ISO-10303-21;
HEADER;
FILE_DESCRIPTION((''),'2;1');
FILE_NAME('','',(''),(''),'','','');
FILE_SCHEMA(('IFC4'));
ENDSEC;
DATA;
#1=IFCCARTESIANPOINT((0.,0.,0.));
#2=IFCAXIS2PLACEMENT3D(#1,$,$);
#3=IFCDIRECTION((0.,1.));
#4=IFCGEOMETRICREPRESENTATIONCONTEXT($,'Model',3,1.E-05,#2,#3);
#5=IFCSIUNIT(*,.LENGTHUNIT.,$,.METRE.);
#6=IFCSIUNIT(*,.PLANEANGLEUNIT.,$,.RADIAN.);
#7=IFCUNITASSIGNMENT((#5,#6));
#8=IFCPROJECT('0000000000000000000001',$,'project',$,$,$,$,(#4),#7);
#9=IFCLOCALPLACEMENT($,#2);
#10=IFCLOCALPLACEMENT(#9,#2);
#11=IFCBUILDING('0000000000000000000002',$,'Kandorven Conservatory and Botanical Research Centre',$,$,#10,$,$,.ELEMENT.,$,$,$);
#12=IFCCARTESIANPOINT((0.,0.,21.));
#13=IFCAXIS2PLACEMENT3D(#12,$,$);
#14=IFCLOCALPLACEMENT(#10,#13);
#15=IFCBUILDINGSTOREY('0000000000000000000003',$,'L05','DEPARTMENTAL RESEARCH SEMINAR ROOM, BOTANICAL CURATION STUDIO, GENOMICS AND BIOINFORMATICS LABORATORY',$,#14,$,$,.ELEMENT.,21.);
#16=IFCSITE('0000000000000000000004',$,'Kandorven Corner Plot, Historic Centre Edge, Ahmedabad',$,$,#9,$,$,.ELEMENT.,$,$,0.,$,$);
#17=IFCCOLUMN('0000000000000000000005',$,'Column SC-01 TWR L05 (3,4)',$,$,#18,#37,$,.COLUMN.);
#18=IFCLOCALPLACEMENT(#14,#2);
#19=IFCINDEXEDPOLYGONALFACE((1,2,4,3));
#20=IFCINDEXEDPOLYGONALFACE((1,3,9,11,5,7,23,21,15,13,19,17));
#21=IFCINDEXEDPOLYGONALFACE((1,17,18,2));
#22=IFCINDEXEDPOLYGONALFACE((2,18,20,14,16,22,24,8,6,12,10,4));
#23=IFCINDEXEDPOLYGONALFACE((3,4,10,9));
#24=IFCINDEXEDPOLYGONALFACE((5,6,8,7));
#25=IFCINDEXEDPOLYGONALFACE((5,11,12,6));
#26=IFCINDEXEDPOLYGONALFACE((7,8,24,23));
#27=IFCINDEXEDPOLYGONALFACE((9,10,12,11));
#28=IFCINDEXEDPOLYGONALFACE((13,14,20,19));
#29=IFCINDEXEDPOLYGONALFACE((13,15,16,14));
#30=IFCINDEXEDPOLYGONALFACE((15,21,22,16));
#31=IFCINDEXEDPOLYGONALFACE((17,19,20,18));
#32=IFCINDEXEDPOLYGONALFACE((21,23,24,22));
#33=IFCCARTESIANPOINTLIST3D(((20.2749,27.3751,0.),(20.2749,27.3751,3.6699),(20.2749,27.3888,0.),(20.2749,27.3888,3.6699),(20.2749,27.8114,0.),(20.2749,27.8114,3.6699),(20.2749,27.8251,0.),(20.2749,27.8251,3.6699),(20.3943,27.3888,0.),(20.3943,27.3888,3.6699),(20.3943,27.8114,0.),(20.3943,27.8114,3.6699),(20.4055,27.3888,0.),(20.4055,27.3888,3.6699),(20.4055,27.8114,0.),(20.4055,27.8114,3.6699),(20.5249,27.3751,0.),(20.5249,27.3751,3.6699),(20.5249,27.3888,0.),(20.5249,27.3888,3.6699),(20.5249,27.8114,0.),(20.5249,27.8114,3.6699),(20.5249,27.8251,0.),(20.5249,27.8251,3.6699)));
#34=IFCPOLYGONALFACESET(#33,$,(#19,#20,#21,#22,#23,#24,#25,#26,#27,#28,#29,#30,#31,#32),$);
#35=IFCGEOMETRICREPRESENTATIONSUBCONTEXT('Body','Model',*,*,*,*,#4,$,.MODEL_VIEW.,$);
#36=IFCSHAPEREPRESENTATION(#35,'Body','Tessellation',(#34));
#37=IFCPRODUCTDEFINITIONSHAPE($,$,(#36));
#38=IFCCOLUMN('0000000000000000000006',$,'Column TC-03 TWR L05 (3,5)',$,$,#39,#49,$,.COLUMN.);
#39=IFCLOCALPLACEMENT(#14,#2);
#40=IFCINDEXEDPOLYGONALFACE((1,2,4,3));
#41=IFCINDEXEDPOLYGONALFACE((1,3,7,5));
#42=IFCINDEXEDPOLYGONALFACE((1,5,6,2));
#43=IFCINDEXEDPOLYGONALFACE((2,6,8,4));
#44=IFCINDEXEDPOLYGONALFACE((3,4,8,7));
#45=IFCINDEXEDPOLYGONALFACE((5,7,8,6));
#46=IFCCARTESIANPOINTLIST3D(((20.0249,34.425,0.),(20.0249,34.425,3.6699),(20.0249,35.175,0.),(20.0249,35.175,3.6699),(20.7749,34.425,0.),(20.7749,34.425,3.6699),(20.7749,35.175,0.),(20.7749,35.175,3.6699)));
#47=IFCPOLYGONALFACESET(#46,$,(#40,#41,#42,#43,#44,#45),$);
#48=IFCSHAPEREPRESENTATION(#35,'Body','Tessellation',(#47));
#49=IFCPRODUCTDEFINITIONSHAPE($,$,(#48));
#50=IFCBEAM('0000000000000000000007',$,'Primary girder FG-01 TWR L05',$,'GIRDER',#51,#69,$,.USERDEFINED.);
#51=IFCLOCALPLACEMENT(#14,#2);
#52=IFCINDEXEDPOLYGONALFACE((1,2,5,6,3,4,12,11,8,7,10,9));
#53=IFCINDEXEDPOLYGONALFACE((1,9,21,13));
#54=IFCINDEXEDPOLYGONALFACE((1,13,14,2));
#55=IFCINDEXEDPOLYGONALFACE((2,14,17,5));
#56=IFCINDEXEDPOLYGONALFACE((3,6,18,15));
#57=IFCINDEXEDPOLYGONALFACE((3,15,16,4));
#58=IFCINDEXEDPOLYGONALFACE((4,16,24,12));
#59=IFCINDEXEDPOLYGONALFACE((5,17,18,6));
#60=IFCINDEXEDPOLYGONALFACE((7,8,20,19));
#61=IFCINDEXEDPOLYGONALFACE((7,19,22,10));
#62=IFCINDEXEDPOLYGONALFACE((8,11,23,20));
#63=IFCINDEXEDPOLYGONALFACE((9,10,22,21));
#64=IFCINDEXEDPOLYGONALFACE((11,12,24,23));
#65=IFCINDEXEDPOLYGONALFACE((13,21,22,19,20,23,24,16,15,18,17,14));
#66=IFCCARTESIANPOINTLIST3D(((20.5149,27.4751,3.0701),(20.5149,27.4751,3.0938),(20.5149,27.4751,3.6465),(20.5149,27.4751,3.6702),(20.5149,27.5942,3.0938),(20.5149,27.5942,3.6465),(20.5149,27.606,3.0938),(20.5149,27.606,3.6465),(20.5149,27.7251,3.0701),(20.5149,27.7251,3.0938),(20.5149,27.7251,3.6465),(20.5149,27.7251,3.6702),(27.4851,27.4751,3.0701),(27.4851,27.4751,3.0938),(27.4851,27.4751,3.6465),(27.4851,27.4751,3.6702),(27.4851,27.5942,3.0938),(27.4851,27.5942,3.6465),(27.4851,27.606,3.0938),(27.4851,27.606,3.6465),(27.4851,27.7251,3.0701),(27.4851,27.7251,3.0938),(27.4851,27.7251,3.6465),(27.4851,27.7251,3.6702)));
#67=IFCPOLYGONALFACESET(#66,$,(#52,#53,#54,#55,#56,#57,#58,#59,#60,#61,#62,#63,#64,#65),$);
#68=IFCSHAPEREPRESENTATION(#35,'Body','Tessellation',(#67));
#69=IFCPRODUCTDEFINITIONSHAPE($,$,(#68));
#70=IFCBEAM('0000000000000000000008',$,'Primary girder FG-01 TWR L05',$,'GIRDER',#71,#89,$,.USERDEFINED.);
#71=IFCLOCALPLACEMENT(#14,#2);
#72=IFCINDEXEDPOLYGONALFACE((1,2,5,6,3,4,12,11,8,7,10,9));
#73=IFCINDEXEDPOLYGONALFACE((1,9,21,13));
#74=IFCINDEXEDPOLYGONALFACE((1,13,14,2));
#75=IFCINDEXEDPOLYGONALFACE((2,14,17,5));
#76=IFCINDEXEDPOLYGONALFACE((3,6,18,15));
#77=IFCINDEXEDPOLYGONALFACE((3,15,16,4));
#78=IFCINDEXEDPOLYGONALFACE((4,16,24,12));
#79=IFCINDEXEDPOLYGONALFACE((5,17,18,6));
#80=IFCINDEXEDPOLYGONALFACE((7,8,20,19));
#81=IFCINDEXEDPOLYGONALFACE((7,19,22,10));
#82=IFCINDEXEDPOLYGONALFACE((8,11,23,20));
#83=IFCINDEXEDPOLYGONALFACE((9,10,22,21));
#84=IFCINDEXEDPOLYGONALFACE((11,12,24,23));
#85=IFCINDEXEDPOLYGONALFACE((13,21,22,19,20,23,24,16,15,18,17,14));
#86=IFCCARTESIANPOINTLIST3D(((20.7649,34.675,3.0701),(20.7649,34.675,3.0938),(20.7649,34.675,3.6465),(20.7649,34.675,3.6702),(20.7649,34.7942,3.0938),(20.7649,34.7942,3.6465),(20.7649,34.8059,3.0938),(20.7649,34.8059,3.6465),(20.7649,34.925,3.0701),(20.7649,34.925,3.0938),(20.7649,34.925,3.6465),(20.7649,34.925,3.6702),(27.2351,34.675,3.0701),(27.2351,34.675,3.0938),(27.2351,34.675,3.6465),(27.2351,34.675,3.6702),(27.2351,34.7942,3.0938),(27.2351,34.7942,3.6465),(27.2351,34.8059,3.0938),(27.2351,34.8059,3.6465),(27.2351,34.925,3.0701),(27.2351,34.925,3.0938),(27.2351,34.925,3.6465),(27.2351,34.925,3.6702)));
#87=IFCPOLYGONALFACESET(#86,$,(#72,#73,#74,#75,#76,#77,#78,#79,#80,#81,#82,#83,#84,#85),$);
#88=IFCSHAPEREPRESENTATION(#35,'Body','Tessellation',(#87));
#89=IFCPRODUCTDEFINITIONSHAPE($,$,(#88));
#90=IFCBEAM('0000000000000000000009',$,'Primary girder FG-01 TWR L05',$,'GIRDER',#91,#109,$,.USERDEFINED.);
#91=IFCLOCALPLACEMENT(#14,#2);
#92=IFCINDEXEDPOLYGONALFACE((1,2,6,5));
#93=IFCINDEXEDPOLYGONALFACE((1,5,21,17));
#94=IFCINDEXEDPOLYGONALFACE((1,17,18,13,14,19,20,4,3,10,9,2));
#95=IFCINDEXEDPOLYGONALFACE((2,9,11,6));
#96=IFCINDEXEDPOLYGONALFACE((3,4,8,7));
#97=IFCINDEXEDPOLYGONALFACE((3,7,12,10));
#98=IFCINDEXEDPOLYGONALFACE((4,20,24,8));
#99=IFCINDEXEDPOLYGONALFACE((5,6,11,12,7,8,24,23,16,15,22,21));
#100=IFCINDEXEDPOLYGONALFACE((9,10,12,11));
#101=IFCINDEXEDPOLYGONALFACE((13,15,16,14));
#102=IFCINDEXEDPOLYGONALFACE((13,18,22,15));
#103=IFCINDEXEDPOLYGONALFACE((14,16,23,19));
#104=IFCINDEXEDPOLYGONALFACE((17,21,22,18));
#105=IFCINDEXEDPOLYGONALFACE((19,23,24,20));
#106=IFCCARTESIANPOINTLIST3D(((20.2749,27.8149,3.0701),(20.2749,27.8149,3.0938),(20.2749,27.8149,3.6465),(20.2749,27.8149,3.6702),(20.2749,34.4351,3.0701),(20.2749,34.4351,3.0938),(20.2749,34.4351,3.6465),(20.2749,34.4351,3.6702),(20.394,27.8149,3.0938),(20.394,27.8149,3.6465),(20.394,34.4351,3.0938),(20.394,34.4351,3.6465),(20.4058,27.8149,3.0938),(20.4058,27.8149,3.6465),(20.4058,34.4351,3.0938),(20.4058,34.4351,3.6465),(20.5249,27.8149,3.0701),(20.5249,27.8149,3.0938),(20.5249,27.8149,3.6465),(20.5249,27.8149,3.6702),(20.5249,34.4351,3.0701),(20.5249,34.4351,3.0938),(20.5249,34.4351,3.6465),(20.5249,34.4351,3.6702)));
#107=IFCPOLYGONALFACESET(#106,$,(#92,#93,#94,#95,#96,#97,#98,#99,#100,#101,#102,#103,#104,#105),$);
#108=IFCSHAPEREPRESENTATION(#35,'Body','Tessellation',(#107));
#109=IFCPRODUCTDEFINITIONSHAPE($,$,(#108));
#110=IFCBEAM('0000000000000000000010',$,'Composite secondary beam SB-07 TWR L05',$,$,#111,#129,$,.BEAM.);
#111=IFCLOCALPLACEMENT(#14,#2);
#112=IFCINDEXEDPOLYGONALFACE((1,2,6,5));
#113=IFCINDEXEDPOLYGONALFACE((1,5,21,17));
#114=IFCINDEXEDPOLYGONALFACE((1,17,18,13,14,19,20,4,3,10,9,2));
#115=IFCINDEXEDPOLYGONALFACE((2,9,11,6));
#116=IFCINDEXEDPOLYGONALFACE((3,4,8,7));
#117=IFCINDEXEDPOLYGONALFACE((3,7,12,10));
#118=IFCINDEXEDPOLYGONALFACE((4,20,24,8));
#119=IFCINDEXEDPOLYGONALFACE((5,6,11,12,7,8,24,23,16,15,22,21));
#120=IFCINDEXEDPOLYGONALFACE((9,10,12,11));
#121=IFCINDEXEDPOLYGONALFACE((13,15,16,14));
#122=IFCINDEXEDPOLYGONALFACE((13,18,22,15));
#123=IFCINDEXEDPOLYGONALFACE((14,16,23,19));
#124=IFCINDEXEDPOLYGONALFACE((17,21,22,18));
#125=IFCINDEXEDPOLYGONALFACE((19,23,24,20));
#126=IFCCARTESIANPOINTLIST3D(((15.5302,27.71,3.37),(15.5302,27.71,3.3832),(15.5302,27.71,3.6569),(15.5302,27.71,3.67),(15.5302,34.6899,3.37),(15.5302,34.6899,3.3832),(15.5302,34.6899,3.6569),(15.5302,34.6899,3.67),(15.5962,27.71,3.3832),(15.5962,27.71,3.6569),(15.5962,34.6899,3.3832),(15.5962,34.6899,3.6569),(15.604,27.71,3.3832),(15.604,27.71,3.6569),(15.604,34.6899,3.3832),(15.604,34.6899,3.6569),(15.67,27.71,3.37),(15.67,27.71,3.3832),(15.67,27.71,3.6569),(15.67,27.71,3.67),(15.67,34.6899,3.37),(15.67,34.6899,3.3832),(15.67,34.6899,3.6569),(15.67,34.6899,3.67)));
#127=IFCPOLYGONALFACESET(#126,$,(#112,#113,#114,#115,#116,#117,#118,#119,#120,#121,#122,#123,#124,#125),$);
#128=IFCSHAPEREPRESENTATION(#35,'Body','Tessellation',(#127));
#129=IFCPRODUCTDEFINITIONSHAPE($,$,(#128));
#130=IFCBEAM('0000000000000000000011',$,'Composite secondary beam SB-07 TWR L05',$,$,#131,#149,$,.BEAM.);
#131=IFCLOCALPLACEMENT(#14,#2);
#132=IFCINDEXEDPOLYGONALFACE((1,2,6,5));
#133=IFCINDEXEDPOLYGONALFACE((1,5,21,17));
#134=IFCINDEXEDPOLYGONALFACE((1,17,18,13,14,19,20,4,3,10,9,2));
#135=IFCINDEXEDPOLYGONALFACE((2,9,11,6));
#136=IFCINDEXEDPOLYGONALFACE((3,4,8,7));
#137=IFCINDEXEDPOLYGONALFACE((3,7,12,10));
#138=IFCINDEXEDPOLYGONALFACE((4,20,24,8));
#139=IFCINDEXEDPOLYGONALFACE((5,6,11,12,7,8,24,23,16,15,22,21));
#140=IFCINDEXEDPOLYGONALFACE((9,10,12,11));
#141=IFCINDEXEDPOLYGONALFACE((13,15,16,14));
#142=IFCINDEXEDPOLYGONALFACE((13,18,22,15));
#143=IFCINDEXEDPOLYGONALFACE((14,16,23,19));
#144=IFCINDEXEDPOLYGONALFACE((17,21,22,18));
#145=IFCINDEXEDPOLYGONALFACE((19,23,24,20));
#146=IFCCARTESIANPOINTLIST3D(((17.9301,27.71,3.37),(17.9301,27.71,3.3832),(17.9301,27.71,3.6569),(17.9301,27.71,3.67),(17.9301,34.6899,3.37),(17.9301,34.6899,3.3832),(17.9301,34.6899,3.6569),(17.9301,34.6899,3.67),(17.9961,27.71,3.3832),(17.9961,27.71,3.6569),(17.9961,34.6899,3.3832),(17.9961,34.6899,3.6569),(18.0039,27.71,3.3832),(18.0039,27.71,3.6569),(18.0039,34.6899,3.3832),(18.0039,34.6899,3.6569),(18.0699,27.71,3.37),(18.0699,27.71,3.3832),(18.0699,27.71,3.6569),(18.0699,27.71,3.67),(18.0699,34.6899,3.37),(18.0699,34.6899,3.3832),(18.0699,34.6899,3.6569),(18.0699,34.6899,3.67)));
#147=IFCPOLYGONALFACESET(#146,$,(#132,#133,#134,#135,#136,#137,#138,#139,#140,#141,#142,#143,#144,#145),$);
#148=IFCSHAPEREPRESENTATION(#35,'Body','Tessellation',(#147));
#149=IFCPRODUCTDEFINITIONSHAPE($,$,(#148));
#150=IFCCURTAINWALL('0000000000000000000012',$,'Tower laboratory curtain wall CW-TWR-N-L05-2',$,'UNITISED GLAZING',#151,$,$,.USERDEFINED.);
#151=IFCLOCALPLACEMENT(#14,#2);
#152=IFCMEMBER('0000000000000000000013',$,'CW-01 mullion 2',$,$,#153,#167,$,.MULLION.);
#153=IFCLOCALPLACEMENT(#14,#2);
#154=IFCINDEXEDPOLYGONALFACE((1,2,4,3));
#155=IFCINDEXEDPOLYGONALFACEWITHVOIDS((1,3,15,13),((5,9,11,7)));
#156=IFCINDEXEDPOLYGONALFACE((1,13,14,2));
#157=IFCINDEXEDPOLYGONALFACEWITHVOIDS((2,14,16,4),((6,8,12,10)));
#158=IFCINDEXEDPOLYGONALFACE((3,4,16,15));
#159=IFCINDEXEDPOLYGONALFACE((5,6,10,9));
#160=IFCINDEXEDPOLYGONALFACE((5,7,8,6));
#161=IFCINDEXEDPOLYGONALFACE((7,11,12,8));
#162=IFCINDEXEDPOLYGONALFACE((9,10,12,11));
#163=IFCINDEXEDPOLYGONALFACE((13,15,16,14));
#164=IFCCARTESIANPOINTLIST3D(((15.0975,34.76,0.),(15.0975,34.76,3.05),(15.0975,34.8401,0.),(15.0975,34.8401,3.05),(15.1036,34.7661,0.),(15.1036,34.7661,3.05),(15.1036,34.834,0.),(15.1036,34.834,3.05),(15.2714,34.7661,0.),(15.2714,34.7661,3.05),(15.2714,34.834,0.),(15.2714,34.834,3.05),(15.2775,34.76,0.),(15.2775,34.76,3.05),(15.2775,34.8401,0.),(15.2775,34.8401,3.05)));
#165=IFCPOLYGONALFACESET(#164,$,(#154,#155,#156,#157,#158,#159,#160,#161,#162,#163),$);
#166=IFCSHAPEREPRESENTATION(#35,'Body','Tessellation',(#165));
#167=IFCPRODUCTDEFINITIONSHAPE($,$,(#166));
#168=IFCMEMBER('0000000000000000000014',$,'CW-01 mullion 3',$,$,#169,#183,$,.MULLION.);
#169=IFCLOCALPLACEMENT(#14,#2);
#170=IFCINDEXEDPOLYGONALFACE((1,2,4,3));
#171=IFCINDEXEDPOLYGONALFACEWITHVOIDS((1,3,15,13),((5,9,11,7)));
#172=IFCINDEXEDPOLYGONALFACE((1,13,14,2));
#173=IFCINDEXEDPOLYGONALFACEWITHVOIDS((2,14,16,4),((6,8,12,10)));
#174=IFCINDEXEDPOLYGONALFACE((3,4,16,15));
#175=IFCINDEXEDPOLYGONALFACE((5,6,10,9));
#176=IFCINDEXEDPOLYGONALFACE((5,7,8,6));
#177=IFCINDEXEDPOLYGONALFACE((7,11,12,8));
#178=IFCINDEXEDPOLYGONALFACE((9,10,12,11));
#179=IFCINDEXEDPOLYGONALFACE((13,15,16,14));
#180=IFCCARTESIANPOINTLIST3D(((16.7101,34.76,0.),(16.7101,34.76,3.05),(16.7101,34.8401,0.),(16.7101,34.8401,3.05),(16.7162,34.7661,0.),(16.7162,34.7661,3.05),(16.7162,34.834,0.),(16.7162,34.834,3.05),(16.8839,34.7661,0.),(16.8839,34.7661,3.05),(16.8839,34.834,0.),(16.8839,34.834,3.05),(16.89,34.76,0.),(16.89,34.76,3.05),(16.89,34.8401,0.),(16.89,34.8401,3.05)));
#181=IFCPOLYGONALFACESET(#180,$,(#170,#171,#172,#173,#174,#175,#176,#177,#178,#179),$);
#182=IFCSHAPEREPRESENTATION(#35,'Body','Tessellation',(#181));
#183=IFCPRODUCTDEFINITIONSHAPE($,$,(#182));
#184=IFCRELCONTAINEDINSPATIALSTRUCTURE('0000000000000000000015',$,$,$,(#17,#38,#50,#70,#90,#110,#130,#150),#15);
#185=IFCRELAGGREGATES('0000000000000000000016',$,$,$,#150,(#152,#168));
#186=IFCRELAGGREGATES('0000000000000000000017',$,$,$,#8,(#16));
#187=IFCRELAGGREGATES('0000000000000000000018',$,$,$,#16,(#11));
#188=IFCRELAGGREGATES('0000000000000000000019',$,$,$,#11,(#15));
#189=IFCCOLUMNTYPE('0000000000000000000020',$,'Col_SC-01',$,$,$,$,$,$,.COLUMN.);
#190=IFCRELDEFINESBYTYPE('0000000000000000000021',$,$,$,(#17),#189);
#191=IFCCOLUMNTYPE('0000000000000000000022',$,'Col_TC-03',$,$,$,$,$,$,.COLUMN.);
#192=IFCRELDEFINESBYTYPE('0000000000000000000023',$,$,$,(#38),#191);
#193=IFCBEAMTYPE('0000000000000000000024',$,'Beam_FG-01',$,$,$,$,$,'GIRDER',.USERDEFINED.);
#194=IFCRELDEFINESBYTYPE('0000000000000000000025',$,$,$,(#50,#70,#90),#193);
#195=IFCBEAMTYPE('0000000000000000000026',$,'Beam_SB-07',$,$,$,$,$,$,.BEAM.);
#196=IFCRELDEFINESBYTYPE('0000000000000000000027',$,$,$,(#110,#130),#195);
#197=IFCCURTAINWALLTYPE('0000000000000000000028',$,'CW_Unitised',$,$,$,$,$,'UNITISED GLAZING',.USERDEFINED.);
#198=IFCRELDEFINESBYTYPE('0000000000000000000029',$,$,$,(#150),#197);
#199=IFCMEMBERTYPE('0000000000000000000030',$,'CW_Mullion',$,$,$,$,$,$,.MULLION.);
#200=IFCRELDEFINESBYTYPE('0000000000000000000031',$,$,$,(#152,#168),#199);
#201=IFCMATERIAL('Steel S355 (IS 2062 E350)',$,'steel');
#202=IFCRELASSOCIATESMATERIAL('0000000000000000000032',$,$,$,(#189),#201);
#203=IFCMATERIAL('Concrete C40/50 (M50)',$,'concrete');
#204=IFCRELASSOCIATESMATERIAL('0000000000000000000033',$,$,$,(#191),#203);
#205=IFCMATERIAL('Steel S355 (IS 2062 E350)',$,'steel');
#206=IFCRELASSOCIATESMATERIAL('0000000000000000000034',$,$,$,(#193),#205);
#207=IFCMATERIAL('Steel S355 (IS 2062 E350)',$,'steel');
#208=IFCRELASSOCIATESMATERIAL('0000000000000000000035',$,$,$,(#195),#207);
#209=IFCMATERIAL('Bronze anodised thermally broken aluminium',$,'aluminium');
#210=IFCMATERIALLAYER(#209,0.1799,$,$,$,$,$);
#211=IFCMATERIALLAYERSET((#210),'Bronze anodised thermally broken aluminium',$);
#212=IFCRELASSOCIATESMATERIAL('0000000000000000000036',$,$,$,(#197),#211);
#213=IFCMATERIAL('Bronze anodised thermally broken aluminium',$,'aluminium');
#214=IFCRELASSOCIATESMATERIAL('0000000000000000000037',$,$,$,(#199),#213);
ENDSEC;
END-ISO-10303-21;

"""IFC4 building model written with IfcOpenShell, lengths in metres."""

from ifc_helpers import new_model, si_unit, direction, frame, origin, origin_2d, place, context, subcontext, project, spatial, rectangle, hollow_rectangle, i_section, extrude, material, layer, layer_set, material_profile, profile_set, type_object, element, aggregate, save


model = new_model("IFC4")

# Units and contexts
model_context = context("Model", 3, precision=1e-05, world=origin(), true_north=direction((0.0, 1.0)))
body_context = subcontext(model_context, "Body", "Model", "MODEL_VIEW")
ifc_project = project(units=[si_unit("LENGTHUNIT", "METRE"), si_unit("PLANEANGLEUNIT", "RADIAN")], contexts=[model_context])

# Site, building, storey
site_placement = place(None, origin())
site = spatial("IfcSite", under=ifc_project, at=site_placement, Name="Kandorven Corner Plot, Historic Centre Edge, Ahmedabad", CompositionType="ELEMENT", RefElevation=0.0)
building_placement = place(site_placement, origin())
building = spatial("IfcBuilding", under=site, at=building_placement, Name="Kandorven Conservatory and Botanical Research Centre", CompositionType="ELEMENT")
storey_placement = place(building_placement, frame((0.0, 0.0, 21.0)))
storey = spatial("IfcBuildingStorey", under=building, at=storey_placement, Name="L05", Description="DEPARTMENTAL RESEARCH SEMINAR ROOM, BOTANICAL CURATION STUDIO, GENOMICS AND BIOINFORMATICS LABORATORY", CompositionType="ELEMENT", Elevation=21.0)

# Columns
ifc_material_1 = material(Name="Steel S355 (IS 2062 E350)", Category="steel")
ifc_material_profile_1 = material_profile(ifc_material_1, i_section(OverallWidth=0.25, OverallDepth=0.45, WebThickness=0.0112, FlangeThickness=0.0137, at=origin_2d()))
ifc_profile_set_1 = profile_set([ifc_material_profile_1], Name="Steel S355 (IS 2062 E350)")
column_type_1 = type_object("IfcColumnType", Name="Col_SC-01", PredefinedType="COLUMN", material=ifc_profile_set_1)
column_1_placement = place(storey_placement, frame((20.3999, 27.6001, 0.0), z_axis=(0.0, 0.0, 1.0), x_axis=(1.0, 0.0, 0.0)))
element("IfcColumn", 1, at=column_1_placement, inside=storey, type_object=column_type_1, Name="Column SC-01 TWR L05 (3,4)", PredefinedType="COLUMN", context=body_context, shape_type="SweptSolid", body=[
    extrude(i_section(OverallWidth=0.25, OverallDepth=0.45, WebThickness=0.0112, FlangeThickness=0.0137, at=origin_2d()), origin(), (0.0, 0.0, 1.0), 3.6699),
])
ifc_material_2 = material(Name="Concrete C40/50 (M50)", Category="concrete")
ifc_material_profile_2 = material_profile(ifc_material_2, rectangle(XDim=0.75, YDim=0.75, at=origin_2d()))
ifc_profile_set_2 = profile_set([ifc_material_profile_2], Name="Concrete C40/50 (M50)")
column_type_2 = type_object("IfcColumnType", Name="Col_TC-03", PredefinedType="COLUMN", material=ifc_profile_set_2)
column_2_placement = place(storey_placement, frame((20.3999, 34.8, 0.0), z_axis=(0.0, 0.0, 1.0), x_axis=(1.0, 0.0, 0.0)))
element("IfcColumn", 2, at=column_2_placement, inside=storey, type_object=column_type_2, Name="Column TC-03 TWR L05 (3,5)", PredefinedType="COLUMN", context=body_context, shape_type="SweptSolid", body=[
    extrude(rectangle(XDim=0.75, YDim=0.75, at=origin_2d()), origin(), (0.0, 0.0, 1.0), 3.6699),
])

# Beams
ifc_material_3 = material(Name="Steel S355 (IS 2062 E350)", Category="steel")
ifc_material_profile_3 = material_profile(ifc_material_3, i_section(OverallWidth=0.25, OverallDepth=0.6001, WebThickness=0.0117, FlangeThickness=0.0237, at=origin_2d()))
ifc_profile_set_3 = profile_set([ifc_material_profile_3], Name="Steel S355 (IS 2062 E350)")
beam_type_1 = type_object("IfcBeamType", Name="Beam_FG-01", ElementType="GIRDER", PredefinedType="USERDEFINED", material=ifc_profile_set_3)
beam_1_placement = place(storey_placement, frame((20.5149, 27.6001, 3.3701), z_axis=(1.0, 0.0, 0.0), x_axis=(0.0, 1.0, 0.0)))
element("IfcBeam", 3, at=beam_1_placement, inside=storey, type_object=beam_type_1, Name="Primary girder FG-01 TWR L05", ObjectType="GIRDER", PredefinedType="USERDEFINED", context=body_context, shape_type="SweptSolid", body=[
    extrude(i_section(OverallWidth=0.25, OverallDepth=0.6001, WebThickness=0.0117, FlangeThickness=0.0237, at=origin_2d()), origin(), (0.0, 0.0, 1.0), 6.9702),
])
beam_2_placement = place(storey_placement, frame((20.7649, 34.8, 3.3701), z_axis=(1.0, 0.0, 0.0), x_axis=(0.0, 1.0, 0.0)))
element("IfcBeam", 4, at=beam_2_placement, inside=storey, type_object=beam_type_1, Name="Primary girder FG-01 TWR L05", ObjectType="GIRDER", PredefinedType="USERDEFINED", context=body_context, shape_type="SweptSolid", body=[
    extrude(i_section(OverallWidth=0.25, OverallDepth=0.6001, WebThickness=0.0117, FlangeThickness=0.0237, at=origin_2d()), origin(), (0.0, 0.0, 1.0), 6.4702),
])
beam_3_placement = place(storey_placement, frame((20.3999, 27.8149, 3.3701), z_axis=(0.0, 1.0, 0.0), x_axis=(-1.0, 0.0, 0.0)))
element("IfcBeam", 5, at=beam_3_placement, inside=storey, type_object=beam_type_1, Name="Primary girder FG-01 TWR L05", ObjectType="GIRDER", PredefinedType="USERDEFINED", context=body_context, shape_type="SweptSolid", body=[
    extrude(i_section(OverallWidth=0.25, OverallDepth=0.6001, WebThickness=0.0117, FlangeThickness=0.0237, at=origin_2d()), origin(), (0.0, 0.0, 1.0), 6.6201),
])
ifc_material_4 = material(Name="Steel S355 (IS 2062 E350)", Category="steel")
ifc_material_profile_4 = material_profile(ifc_material_4, i_section(OverallWidth=0.1399, OverallDepth=0.3, WebThickness=0.0078, FlangeThickness=0.0132, at=origin_2d()))
ifc_profile_set_4 = profile_set([ifc_material_profile_4], Name="Steel S355 (IS 2062 E350)")
beam_type_2 = type_object("IfcBeamType", Name="Beam_SB-07", PredefinedType="BEAM", material=ifc_profile_set_4)
for number, where, z_axis, x_axis, name in (
    (6, (15.6001, 27.71, 3.52), (0.0, 1.0, 0.0), (-1.0, 0.0, 0.0), "Composite secondary beam SB-07 TWR L05"),
    (7, (18.0, 27.71, 3.52), (0.0, 1.0, 0.0), (-1.0, 0.0, 0.0), "Composite secondary beam SB-07 TWR L05"),
):
    element("IfcBeam", number, at=place(storey_placement, frame(where, z_axis=z_axis, x_axis=x_axis)), inside=storey, type_object=beam_type_2, Name=name, PredefinedType="BEAM", context=body_context, shape_type="SweptSolid", body=[
        extrude(i_section(OverallWidth=0.1399, OverallDepth=0.3, WebThickness=0.0078, FlangeThickness=0.0132, at=origin_2d()), origin(), (0.0, 0.0, 1.0), 6.98),
    ])

# Curtain wall, members
ifc_material_5 = material(Name="Bronze anodised thermally broken aluminium", Category="aluminium")
ifc_layer_1 = layer(ifc_material_5, 0.1799)
ifc_layer_set_1 = layer_set([ifc_layer_1], Name="Bronze anodised thermally broken aluminium")
curtain_wall_type = type_object("IfcCurtainWallType", Name="CW_Unitised", ElementType="UNITISED GLAZING", PredefinedType="USERDEFINED", material=ifc_layer_set_1)
curtain_wall_1_placement = place(storey_placement, origin())
curtain_wall_1 = element("IfcCurtainWall", 8, at=curtain_wall_1_placement, inside=storey, type_object=curtain_wall_type, Name="Tower laboratory curtain wall CW-TWR-N-L05-2", ObjectType="UNITISED GLAZING", PredefinedType="USERDEFINED")
ifc_material_6 = material(Name="Bronze anodised thermally broken aluminium", Category="aluminium")
ifc_material_profile_5 = material_profile(ifc_material_6, hollow_rectangle(XDim=0.0801, YDim=0.1799, WallThickness=0.0061, at=origin_2d()))
ifc_profile_set_5 = profile_set([ifc_material_profile_5], Name="Bronze anodised thermally broken aluminium")
member_type_1 = type_object("IfcMemberType", Name="CW_Mullion", PredefinedType="MULLION", material=ifc_profile_set_5)
member_1_placement = place(storey_placement, frame((15.1875, 34.8, 0.0), z_axis=(0.0, 0.0, 1.0), x_axis=(0.0, 1.0, 0.0)))
member_1 = element("IfcMember", 9, at=member_1_placement, type_object=member_type_1, Name="CW-01 mullion 2", PredefinedType="MULLION", context=body_context, shape_type="SweptSolid", body=[
    extrude(hollow_rectangle(XDim=0.0801, YDim=0.1799, WallThickness=0.0061, at=origin_2d()), origin(), (0.0, 0.0, 1.0), 3.05),
])
member_2_placement = place(storey_placement, frame((16.8, 34.8, 0.0), z_axis=(0.0, 0.0, 1.0), x_axis=(0.0, 1.0, 0.0)))
member_2 = element("IfcMember", 10, at=member_2_placement, type_object=member_type_1, Name="CW-01 mullion 3", PredefinedType="MULLION", context=body_context, shape_type="SweptSolid", body=[
    extrude(hollow_rectangle(XDim=0.0801, YDim=0.1799, WallThickness=0.0061, at=origin_2d()), origin(), (0.0, 0.0, 1.0), 3.05),
])

aggregate(curtain_wall_1, [member_1, member_2])

save(model, "model.ifc")
